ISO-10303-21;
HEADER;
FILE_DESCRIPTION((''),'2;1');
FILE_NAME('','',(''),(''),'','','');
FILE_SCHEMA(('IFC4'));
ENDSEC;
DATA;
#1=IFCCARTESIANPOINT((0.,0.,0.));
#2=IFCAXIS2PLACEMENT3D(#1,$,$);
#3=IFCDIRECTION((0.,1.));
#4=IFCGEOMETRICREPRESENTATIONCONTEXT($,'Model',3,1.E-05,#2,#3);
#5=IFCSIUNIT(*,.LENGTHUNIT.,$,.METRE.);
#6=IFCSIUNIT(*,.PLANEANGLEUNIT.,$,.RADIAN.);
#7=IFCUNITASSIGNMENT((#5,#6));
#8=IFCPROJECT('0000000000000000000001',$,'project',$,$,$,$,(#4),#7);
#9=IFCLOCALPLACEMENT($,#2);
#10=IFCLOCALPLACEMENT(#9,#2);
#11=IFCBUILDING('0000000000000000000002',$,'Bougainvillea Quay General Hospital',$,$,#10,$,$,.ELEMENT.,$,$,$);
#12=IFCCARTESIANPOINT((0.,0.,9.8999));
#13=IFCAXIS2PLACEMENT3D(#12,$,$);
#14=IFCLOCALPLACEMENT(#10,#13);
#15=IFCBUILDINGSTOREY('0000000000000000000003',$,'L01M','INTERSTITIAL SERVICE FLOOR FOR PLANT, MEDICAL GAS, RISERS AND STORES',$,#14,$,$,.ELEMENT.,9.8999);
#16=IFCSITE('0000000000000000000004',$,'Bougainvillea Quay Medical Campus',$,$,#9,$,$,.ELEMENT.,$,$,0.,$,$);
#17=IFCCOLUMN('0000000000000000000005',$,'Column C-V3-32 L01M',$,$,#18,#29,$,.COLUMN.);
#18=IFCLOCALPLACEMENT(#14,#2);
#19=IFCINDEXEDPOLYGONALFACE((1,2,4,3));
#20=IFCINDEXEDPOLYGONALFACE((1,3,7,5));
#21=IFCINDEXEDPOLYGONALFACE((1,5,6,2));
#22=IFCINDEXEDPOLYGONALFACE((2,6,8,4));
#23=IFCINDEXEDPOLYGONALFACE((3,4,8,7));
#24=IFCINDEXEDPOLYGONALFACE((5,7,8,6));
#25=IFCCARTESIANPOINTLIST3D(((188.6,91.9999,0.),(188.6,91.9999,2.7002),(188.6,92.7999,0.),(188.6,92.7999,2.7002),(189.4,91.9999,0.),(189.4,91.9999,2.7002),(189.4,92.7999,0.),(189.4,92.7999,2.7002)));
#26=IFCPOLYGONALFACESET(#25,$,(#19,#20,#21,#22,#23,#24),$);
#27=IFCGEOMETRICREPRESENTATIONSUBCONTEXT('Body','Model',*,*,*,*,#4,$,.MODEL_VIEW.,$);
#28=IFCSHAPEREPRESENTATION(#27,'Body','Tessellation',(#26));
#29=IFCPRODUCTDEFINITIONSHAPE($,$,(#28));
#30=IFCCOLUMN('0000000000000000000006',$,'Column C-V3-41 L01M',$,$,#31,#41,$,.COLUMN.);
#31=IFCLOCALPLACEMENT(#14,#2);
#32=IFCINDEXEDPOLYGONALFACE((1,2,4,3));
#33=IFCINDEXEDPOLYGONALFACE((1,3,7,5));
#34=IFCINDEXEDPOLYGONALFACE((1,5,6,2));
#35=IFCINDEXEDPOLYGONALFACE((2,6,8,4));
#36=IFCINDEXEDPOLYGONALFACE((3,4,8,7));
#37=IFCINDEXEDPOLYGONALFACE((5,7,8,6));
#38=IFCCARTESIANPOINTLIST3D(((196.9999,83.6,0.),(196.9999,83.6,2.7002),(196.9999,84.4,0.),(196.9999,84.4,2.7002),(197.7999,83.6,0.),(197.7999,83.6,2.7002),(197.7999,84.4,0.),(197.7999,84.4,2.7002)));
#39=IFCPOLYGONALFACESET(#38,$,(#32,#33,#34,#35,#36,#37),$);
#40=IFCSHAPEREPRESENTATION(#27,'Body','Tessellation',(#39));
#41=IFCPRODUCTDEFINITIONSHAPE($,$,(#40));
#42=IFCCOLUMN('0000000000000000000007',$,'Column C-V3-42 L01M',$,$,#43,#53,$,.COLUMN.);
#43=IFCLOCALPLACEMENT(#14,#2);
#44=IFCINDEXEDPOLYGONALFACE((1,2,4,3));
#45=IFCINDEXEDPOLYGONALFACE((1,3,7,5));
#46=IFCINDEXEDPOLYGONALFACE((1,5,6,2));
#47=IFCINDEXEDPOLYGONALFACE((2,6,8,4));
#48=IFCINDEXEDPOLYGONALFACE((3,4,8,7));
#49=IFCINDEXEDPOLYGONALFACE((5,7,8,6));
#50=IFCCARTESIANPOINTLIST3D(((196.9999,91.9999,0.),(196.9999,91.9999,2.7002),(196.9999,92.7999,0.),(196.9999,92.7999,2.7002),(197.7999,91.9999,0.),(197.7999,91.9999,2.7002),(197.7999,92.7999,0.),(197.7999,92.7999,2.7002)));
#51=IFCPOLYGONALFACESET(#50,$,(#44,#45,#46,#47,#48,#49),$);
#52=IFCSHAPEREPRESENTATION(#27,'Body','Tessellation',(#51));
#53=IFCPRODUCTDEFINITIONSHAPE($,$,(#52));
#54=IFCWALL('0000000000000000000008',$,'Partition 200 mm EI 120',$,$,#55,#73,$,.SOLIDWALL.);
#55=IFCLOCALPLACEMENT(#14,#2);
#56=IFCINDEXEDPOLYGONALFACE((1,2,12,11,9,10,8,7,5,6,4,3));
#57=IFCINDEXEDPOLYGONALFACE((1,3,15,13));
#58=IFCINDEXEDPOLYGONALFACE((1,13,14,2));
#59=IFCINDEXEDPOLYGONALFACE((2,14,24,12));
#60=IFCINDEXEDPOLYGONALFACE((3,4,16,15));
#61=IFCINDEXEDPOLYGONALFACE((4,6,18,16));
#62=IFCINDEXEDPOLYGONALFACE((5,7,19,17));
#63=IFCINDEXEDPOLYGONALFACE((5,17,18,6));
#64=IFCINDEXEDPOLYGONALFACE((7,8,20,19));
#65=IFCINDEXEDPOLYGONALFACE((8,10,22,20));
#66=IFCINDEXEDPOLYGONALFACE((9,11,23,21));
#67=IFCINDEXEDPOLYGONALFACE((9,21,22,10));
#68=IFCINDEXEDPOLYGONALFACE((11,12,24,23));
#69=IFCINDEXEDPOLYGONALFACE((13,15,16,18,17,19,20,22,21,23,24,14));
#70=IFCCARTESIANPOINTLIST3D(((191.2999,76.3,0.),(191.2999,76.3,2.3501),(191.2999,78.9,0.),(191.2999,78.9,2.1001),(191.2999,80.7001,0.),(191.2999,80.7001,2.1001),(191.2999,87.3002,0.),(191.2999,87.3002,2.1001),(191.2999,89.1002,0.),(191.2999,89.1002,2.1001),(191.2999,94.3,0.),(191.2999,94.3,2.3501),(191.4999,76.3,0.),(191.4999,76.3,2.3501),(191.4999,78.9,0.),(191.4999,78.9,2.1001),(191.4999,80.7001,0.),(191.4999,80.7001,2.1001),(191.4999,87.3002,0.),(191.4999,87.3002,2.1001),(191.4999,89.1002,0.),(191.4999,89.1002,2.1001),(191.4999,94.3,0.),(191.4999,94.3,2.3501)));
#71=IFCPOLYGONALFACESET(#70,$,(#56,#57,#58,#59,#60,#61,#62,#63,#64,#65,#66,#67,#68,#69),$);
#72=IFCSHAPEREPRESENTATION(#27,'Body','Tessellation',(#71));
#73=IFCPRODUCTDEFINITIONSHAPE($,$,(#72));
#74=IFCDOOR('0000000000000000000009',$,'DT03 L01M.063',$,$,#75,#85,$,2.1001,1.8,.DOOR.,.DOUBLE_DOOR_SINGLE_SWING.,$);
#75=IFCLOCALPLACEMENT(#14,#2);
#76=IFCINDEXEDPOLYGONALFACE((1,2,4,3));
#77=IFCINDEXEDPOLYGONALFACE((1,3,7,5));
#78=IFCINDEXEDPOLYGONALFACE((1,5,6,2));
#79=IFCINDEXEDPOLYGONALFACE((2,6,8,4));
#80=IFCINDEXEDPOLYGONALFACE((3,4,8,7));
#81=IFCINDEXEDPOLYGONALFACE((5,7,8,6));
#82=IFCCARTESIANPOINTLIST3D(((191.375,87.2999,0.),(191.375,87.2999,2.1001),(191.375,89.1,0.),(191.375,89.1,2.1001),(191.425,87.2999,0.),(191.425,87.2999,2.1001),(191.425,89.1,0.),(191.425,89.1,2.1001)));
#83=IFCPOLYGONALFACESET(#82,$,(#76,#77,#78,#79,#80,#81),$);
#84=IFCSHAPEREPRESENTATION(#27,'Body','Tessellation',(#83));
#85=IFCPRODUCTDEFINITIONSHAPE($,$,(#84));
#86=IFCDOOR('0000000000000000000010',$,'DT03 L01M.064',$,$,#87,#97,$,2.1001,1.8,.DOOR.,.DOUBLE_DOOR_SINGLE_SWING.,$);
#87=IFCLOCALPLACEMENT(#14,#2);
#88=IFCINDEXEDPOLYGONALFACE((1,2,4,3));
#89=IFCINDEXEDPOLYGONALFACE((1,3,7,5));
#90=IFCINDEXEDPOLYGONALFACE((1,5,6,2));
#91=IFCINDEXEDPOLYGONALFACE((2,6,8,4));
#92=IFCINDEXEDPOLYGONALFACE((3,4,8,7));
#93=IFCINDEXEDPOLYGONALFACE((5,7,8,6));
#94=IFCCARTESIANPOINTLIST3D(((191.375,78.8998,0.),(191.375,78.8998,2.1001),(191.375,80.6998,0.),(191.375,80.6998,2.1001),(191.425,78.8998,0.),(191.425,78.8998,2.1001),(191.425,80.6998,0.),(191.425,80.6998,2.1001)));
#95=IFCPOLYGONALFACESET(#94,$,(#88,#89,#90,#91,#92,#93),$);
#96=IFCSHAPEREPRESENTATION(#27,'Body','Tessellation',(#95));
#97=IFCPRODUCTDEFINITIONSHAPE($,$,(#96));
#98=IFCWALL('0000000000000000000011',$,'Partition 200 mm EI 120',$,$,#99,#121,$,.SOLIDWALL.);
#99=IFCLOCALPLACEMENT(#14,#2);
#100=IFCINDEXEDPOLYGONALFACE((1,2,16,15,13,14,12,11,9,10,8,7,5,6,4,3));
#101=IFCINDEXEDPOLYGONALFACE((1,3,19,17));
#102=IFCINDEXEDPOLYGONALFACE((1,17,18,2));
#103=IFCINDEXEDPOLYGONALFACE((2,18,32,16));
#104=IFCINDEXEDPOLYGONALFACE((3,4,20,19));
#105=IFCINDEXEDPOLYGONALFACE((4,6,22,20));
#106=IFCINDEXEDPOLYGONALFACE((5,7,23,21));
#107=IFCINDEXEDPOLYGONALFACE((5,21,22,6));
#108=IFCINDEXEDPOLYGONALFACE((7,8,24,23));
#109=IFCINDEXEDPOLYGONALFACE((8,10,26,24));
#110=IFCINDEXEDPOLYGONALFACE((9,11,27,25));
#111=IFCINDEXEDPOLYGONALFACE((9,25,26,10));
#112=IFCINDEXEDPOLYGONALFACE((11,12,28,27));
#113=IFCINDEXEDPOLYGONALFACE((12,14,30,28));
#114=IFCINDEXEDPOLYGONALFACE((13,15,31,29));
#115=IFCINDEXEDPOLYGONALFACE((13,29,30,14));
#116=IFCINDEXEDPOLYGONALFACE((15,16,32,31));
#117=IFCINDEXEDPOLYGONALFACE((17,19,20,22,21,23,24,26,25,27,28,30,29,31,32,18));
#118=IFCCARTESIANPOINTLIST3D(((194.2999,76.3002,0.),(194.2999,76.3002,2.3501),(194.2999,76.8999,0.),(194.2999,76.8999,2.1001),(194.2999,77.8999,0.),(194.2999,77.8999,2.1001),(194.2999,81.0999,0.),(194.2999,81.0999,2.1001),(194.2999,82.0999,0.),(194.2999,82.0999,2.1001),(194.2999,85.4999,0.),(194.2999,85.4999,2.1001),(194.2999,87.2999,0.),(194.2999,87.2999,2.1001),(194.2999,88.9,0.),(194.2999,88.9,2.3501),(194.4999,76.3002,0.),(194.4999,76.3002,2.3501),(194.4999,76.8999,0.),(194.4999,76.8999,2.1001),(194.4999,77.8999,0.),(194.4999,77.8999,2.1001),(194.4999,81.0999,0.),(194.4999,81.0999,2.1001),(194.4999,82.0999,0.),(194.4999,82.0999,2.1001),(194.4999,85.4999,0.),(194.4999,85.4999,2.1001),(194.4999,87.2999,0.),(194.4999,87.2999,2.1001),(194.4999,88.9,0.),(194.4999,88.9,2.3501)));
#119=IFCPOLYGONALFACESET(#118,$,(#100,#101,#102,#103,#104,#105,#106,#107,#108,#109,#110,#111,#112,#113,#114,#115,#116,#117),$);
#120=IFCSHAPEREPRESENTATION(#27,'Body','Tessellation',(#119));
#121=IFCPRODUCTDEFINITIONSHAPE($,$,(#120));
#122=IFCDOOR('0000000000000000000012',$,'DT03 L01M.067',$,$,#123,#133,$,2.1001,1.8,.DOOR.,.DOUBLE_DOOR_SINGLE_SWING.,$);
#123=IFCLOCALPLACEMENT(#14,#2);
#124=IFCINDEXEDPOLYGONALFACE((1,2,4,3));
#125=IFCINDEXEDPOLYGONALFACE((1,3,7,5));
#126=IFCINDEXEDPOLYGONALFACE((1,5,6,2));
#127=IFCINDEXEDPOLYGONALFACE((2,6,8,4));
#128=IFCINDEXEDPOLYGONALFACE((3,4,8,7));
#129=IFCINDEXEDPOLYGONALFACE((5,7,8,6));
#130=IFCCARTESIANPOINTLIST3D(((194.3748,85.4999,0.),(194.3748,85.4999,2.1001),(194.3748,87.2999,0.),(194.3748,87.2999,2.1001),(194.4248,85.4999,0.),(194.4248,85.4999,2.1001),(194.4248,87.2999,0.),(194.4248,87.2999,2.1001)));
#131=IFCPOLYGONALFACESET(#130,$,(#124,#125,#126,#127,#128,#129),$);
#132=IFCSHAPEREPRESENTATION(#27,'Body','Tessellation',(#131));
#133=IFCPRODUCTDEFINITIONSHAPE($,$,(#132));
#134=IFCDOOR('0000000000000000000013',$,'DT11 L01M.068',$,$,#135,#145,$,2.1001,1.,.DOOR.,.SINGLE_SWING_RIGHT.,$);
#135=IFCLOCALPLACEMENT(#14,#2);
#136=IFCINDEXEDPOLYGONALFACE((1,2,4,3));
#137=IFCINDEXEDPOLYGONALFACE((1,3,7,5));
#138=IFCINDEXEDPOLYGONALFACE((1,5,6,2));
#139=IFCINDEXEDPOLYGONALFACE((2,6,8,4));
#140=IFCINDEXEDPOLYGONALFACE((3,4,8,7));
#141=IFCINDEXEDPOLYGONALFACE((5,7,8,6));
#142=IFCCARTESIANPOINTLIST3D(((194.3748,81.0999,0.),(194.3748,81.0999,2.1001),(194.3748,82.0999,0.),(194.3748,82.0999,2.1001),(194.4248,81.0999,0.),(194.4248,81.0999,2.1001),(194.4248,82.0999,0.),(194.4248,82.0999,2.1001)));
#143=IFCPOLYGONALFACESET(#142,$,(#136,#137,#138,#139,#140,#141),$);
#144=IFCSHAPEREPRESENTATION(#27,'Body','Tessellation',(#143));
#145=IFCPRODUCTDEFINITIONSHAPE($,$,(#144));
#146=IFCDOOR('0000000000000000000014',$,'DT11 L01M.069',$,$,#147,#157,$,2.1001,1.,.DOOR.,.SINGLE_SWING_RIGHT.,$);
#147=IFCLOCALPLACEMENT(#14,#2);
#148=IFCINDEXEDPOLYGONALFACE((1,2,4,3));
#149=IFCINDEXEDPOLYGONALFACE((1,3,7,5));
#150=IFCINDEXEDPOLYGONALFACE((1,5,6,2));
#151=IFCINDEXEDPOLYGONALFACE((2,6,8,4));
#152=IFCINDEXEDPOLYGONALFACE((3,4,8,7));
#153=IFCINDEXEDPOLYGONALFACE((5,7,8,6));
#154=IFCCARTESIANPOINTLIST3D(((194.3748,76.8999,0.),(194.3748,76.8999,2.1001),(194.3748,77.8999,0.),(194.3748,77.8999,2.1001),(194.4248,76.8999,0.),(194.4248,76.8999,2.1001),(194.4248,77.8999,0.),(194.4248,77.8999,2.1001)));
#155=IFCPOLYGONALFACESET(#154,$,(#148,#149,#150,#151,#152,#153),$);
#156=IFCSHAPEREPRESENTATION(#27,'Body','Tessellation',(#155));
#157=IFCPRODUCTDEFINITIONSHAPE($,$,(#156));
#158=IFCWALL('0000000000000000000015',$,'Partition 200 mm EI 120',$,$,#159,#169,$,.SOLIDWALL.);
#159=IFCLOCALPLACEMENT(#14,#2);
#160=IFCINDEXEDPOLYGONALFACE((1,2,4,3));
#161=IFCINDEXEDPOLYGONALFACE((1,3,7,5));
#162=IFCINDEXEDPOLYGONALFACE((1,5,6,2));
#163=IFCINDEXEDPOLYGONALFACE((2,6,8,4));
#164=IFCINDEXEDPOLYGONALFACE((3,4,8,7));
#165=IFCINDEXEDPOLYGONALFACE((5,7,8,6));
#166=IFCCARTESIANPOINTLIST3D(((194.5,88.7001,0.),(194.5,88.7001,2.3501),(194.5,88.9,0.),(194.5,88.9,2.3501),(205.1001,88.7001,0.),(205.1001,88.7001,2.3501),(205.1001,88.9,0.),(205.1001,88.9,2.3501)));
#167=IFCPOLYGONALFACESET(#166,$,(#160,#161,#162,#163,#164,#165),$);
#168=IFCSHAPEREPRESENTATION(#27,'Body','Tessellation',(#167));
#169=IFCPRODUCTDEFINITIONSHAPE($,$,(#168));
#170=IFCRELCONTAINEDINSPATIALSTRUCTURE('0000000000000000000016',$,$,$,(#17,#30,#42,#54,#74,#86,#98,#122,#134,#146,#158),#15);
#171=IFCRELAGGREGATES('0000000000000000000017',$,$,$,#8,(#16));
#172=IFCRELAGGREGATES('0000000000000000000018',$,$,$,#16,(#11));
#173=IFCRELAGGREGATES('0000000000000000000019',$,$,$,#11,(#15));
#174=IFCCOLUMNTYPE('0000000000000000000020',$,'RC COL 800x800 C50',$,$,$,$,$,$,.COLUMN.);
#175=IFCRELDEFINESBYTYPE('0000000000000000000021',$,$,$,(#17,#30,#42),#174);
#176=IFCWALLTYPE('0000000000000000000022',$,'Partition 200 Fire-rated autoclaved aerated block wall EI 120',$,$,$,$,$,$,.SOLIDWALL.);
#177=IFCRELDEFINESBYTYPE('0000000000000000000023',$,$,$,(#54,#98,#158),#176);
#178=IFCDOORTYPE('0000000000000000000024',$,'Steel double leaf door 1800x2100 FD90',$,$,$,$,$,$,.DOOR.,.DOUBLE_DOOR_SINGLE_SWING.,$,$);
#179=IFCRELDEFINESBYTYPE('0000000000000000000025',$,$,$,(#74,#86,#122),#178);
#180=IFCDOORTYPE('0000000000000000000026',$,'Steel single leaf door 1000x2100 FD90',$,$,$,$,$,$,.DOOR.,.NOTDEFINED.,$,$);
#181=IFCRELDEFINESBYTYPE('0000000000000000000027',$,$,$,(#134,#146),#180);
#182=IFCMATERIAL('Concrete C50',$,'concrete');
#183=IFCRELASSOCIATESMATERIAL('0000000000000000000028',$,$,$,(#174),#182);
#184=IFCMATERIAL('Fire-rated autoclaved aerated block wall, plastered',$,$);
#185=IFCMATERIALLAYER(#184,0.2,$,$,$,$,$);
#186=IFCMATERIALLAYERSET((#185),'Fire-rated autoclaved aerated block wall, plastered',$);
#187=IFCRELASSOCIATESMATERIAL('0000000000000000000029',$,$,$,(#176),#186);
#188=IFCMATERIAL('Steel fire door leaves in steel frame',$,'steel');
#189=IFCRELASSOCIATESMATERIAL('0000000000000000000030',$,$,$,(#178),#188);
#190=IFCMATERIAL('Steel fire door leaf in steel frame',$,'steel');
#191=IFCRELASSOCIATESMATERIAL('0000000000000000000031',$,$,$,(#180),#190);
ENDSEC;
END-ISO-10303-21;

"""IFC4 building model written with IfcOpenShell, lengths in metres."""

from ifc_helpers import new_model, si_unit, direction, frame, frame_2d, origin, origin_2d, place, context, subcontext, project, spatial, rectangle, extrude, material, layer, layer_set, material_profile, profile_set, type_object, element, fill, save


model = new_model("IFC4")

# Units and contexts
model_context = context("Model", 3, precision=1e-05, world=origin(), true_north=direction((0.0, 1.0)))
body_context = subcontext(model_context, "Body", "Model", "MODEL_VIEW")
ifc_project = project(units=[si_unit("LENGTHUNIT", "METRE"), si_unit("PLANEANGLEUNIT", "RADIAN")], contexts=[model_context])

# Site, building, storey
site_placement = place(None, origin())
site = spatial("IfcSite", under=ifc_project, at=site_placement, Name="Bougainvillea Quay Medical Campus", CompositionType="ELEMENT", RefElevation=0.0)
building_placement = place(site_placement, origin())
building = spatial("IfcBuilding", under=site, at=building_placement, Name="Bougainvillea Quay General Hospital", CompositionType="ELEMENT")
storey_placement = place(building_placement, frame((0.0, 0.0, 9.8999)))
storey = spatial("IfcBuildingStorey", under=building, at=storey_placement, Name="L01M", Description="INTERSTITIAL SERVICE FLOOR FOR PLANT, MEDICAL GAS, RISERS AND STORES", CompositionType="ELEMENT", Elevation=9.8999)

# Columns
ifc_material_1 = material(Name="Concrete C50", Category="concrete")
ifc_material_profile = material_profile(ifc_material_1, rectangle(XDim=0.8, YDim=0.8, at=origin_2d()))
ifc_profile_set = profile_set([ifc_material_profile], Name="Concrete C50")
column_type = type_object("IfcColumnType", Name="RC COL 800x800 C50", PredefinedType="COLUMN", material=ifc_profile_set)
for number, where, z_axis, x_axis, name in (
    (1, (189.0, 92.3999, 0.0), (0.0, 0.0, 1.0), (1.0, 0.0, 0.0), "Column C-V3-32 L01M"),
    (2, (197.3999, 84.0, 0.0), (0.0, 0.0, 1.0), (1.0, 0.0, 0.0), "Column C-V3-41 L01M"),
    (3, (197.3999, 92.3999, 0.0), (0.0, 0.0, 1.0), (1.0, 0.0, 0.0), "Column C-V3-42 L01M"),
):
    element("IfcColumn", number, at=place(storey_placement, frame(where, z_axis=z_axis, x_axis=x_axis)), inside=storey, type_object=column_type, Name=name, PredefinedType="COLUMN", context=body_context, shape_type="SweptSolid", body=[
        extrude(rectangle(XDim=0.8, YDim=0.8, at=origin_2d()), origin(), (0.0, 0.0, 1.0), 2.7002),
    ])

# Walls, openings, doors
ifc_material_2 = material(Name="Fire-rated autoclaved aerated block wall, plastered")
ifc_layer_1 = layer(ifc_material_2, 0.2)
ifc_layer_set_1 = layer_set([ifc_layer_1], Name="Fire-rated autoclaved aerated block wall, plastered")
wall_type_1 = type_object("IfcWallType", Name="Partition 200 Fire-rated autoclaved aerated block wall EI 120", PredefinedType="SOLIDWALL", material=ifc_layer_set_1)
wall_1_placement = place(storey_placement, frame((191.3999, 94.3, 0.0), z_axis=(0.0, 0.0, 1.0), x_axis=(0.0, -1.0, 0.0)))
wall_1 = element("IfcWall", 4, at=wall_1_placement, inside=storey, type_object=wall_type_1, Name="Partition 200 mm EI 120", PredefinedType="SOLIDWALL", context=body_context, shape_type="SweptSolid", body=[
    extrude(rectangle(XDim=18.0, YDim=0.2, at=frame_2d((9.0, 0.0))), origin(), (0.0, 0.0, 1.0), 2.3501),
])
opening_1_placement = place(wall_1_placement, frame((5.2, 0.0, 0.0)))
opening_1 = element("IfcOpeningElement", 5, at=opening_1_placement, cuts=wall_1, PredefinedType="OPENING", context=body_context, shape_type="SweptSolid", body=[
    extrude(rectangle(XDim=1.8, YDim=2.1001, at=frame_2d((0.8999, 1.05))), frame((0.0, 0.1099, 0.0), z_axis=(0.0, -1.0, 0.0), x_axis=(1.0, 0.0, 0.0)), (0.0, 0.0, 1.0), 0.22),
])
opening_2_placement = place(wall_1_placement, frame((13.6001, 0.0, 0.0)))
opening_2 = element("IfcOpeningElement", 6, at=opening_2_placement, cuts=wall_1, PredefinedType="OPENING", context=body_context, shape_type="SweptSolid", body=[
    extrude(rectangle(XDim=1.8, YDim=2.1001, at=frame_2d((0.8999, 1.05))), frame((0.0, 0.1099, 0.0), z_axis=(0.0, -1.0, 0.0), x_axis=(1.0, 0.0, 0.0)), (0.0, 0.0, 1.0), 0.22),
])
ifc_material_3 = material(Name="Steel fire door leaves in steel frame", Category="steel")
door_type_1 = type_object("IfcDoorType", Name="Steel double leaf door 1800x2100 FD90", OperationType="DOUBLE_DOOR_SINGLE_SWING", PredefinedType="DOOR", material=ifc_material_3)
door_1_placement = place(opening_1_placement, frame((1.8, 0.0, 0.0), z_axis=(0.0, 0.0, 1.0), x_axis=(-1.0, 0.0, 0.0)))
door_1 = element("IfcDoor", 7, at=door_1_placement, inside=storey, type_object=door_type_1, Name="DT03 L01M.063", OperationType="DOUBLE_DOOR_SINGLE_SWING", OverallHeight=2.1001, OverallWidth=1.8, PredefinedType="DOOR", context=body_context, shape_type="SweptSolid", body=[
    extrude(rectangle(XDim=1.8, YDim=2.1001, at=frame_2d((0.8999, 1.05))), frame((0.0, 0.0249, 0.0), z_axis=(0.0, -1.0, 0.0), x_axis=(1.0, 0.0, 0.0)), (0.0, 0.0, 1.0), 0.05),
])
fill(opening_1, door_1)
door_2_placement = place(opening_2_placement, frame((1.8, 0.0, 0.0), z_axis=(0.0, 0.0, 1.0), x_axis=(-1.0, 0.0, 0.0)))
door_2 = element("IfcDoor", 8, at=door_2_placement, inside=storey, type_object=door_type_1, Name="DT03 L01M.064", OperationType="DOUBLE_DOOR_SINGLE_SWING", OverallHeight=2.1001, OverallWidth=1.8, PredefinedType="DOOR", context=body_context, shape_type="SweptSolid", body=[
    extrude(rectangle(XDim=1.8, YDim=2.1001, at=frame_2d((0.8999, 1.05))), frame((0.0, 0.0249, 0.0), z_axis=(0.0, -1.0, 0.0), x_axis=(1.0, 0.0, 0.0)), (0.0, 0.0, 1.0), 0.05),
])
fill(opening_2, door_2)
wall_2_placement = place(storey_placement, frame((194.3999, 88.8999, 0.0), z_axis=(0.0, 0.0, 1.0), x_axis=(0.0, -1.0, 0.0)))
wall_2 = element("IfcWall", 9, at=wall_2_placement, inside=storey, type_object=wall_type_1, Name="Partition 200 mm EI 120", PredefinedType="SOLIDWALL", context=body_context, shape_type="SweptSolid", body=[
    extrude(rectangle(XDim=12.5999, YDim=0.2, at=frame_2d((6.2998, 0.0))), origin(), (0.0, 0.0, 1.0), 2.3501),
])
opening_3_placement = place(wall_2_placement, frame((1.6001, 0.0, 0.0)))
opening_3 = element("IfcOpeningElement", 10, at=opening_3_placement, cuts=wall_2, PredefinedType="OPENING", context=body_context, shape_type="SweptSolid", body=[
    extrude(rectangle(XDim=1.8, YDim=2.1001, at=frame_2d((0.8999, 1.05))), frame((0.0, 0.1099, 0.0), z_axis=(0.0, -1.0, 0.0), x_axis=(1.0, 0.0, 0.0)), (0.0, 0.0, 1.0), 0.22),
])
opening_4_placement = place(wall_2_placement, frame((6.8, 0.0, 0.0)))
opening_4 = element("IfcOpeningElement", 11, at=opening_4_placement, cuts=wall_2, PredefinedType="OPENING", context=body_context, shape_type="SweptSolid", body=[
    extrude(rectangle(XDim=1.0, YDim=2.1001, at=frame_2d((0.5, 1.05))), frame((0.0, 0.1099, 0.0), z_axis=(0.0, -1.0, 0.0), x_axis=(1.0, 0.0, 0.0)), (0.0, 0.0, 1.0), 0.22),
])
opening_5_placement = place(wall_2_placement, frame((11.0, 0.0, 0.0)))
opening_5 = element("IfcOpeningElement", 12, at=opening_5_placement, cuts=wall_2, PredefinedType="OPENING", context=body_context, shape_type="SweptSolid", body=[
    extrude(rectangle(XDim=1.0, YDim=2.1001, at=frame_2d((0.5, 1.05))), frame((0.0, 0.1099, 0.0), z_axis=(0.0, -1.0, 0.0), x_axis=(1.0, 0.0, 0.0)), (0.0, 0.0, 1.0), 0.22),
])
door_3_placement = place(opening_3_placement, origin())
door_3 = element("IfcDoor", 13, at=door_3_placement, inside=storey, type_object=door_type_1, Name="DT03 L01M.067", OperationType="DOUBLE_DOOR_SINGLE_SWING", OverallHeight=2.1001, OverallWidth=1.8, PredefinedType="DOOR", context=body_context, shape_type="SweptSolid", body=[
    extrude(rectangle(XDim=1.8, YDim=2.1001, at=frame_2d((0.8999, 1.05))), frame((0.0, 0.0249, 0.0), z_axis=(0.0, -1.0, 0.0), x_axis=(1.0, 0.0, 0.0)), (0.0, 0.0, 1.0), 0.05),
])
fill(opening_3, door_3)
ifc_material_4 = material(Name="Steel fire door leaf in steel frame", Category="steel")
door_type_2 = type_object("IfcDoorType", Name="Steel single leaf door 1000x2100 FD90", OperationType="NOTDEFINED", PredefinedType="DOOR", material=ifc_material_4)
door_4_placement = place(opening_4_placement, origin())
door_4 = element("IfcDoor", 14, at=door_4_placement, inside=storey, type_object=door_type_2, Name="DT11 L01M.068", OperationType="SINGLE_SWING_RIGHT", OverallHeight=2.1001, OverallWidth=1.0, PredefinedType="DOOR", context=body_context, shape_type="SweptSolid", body=[
    extrude(rectangle(XDim=1.0, YDim=2.1001, at=frame_2d((0.5, 1.05))), frame((0.0, 0.0249, 0.0), z_axis=(0.0, -1.0, 0.0), x_axis=(1.0, 0.0, 0.0)), (0.0, 0.0, 1.0), 0.05),
])
fill(opening_4, door_4)
door_5_placement = place(opening_5_placement, origin())
door_5 = element("IfcDoor", 15, at=door_5_placement, inside=storey, type_object=door_type_2, Name="DT11 L01M.069", OperationType="SINGLE_SWING_RIGHT", OverallHeight=2.1001, OverallWidth=1.0, PredefinedType="DOOR", context=body_context, shape_type="SweptSolid", body=[
    extrude(rectangle(XDim=1.0, YDim=2.1001, at=frame_2d((0.5, 1.05))), frame((0.0, 0.0249, 0.0), z_axis=(0.0, -1.0, 0.0), x_axis=(1.0, 0.0, 0.0)), (0.0, 0.0, 1.0), 0.05),
])
fill(opening_5, door_5)

# Wall
wall_3_placement = place(storey_placement, frame((194.5, 88.8, 0.0), z_axis=(0.0, 0.0, 1.0), x_axis=(1.0, 0.0, 0.0)))
element("IfcWall", 16, at=wall_3_placement, inside=storey, type_object=wall_type_1, Name="Partition 200 mm EI 120", PredefinedType="SOLIDWALL", context=body_context, shape_type="SweptSolid", body=[
    extrude(rectangle(XDim=10.6001, YDim=0.2, at=frame_2d((5.3, 0.0))), origin(), (0.0, 0.0, 1.0), 2.3501),
])

save(model, "model.ifc")
